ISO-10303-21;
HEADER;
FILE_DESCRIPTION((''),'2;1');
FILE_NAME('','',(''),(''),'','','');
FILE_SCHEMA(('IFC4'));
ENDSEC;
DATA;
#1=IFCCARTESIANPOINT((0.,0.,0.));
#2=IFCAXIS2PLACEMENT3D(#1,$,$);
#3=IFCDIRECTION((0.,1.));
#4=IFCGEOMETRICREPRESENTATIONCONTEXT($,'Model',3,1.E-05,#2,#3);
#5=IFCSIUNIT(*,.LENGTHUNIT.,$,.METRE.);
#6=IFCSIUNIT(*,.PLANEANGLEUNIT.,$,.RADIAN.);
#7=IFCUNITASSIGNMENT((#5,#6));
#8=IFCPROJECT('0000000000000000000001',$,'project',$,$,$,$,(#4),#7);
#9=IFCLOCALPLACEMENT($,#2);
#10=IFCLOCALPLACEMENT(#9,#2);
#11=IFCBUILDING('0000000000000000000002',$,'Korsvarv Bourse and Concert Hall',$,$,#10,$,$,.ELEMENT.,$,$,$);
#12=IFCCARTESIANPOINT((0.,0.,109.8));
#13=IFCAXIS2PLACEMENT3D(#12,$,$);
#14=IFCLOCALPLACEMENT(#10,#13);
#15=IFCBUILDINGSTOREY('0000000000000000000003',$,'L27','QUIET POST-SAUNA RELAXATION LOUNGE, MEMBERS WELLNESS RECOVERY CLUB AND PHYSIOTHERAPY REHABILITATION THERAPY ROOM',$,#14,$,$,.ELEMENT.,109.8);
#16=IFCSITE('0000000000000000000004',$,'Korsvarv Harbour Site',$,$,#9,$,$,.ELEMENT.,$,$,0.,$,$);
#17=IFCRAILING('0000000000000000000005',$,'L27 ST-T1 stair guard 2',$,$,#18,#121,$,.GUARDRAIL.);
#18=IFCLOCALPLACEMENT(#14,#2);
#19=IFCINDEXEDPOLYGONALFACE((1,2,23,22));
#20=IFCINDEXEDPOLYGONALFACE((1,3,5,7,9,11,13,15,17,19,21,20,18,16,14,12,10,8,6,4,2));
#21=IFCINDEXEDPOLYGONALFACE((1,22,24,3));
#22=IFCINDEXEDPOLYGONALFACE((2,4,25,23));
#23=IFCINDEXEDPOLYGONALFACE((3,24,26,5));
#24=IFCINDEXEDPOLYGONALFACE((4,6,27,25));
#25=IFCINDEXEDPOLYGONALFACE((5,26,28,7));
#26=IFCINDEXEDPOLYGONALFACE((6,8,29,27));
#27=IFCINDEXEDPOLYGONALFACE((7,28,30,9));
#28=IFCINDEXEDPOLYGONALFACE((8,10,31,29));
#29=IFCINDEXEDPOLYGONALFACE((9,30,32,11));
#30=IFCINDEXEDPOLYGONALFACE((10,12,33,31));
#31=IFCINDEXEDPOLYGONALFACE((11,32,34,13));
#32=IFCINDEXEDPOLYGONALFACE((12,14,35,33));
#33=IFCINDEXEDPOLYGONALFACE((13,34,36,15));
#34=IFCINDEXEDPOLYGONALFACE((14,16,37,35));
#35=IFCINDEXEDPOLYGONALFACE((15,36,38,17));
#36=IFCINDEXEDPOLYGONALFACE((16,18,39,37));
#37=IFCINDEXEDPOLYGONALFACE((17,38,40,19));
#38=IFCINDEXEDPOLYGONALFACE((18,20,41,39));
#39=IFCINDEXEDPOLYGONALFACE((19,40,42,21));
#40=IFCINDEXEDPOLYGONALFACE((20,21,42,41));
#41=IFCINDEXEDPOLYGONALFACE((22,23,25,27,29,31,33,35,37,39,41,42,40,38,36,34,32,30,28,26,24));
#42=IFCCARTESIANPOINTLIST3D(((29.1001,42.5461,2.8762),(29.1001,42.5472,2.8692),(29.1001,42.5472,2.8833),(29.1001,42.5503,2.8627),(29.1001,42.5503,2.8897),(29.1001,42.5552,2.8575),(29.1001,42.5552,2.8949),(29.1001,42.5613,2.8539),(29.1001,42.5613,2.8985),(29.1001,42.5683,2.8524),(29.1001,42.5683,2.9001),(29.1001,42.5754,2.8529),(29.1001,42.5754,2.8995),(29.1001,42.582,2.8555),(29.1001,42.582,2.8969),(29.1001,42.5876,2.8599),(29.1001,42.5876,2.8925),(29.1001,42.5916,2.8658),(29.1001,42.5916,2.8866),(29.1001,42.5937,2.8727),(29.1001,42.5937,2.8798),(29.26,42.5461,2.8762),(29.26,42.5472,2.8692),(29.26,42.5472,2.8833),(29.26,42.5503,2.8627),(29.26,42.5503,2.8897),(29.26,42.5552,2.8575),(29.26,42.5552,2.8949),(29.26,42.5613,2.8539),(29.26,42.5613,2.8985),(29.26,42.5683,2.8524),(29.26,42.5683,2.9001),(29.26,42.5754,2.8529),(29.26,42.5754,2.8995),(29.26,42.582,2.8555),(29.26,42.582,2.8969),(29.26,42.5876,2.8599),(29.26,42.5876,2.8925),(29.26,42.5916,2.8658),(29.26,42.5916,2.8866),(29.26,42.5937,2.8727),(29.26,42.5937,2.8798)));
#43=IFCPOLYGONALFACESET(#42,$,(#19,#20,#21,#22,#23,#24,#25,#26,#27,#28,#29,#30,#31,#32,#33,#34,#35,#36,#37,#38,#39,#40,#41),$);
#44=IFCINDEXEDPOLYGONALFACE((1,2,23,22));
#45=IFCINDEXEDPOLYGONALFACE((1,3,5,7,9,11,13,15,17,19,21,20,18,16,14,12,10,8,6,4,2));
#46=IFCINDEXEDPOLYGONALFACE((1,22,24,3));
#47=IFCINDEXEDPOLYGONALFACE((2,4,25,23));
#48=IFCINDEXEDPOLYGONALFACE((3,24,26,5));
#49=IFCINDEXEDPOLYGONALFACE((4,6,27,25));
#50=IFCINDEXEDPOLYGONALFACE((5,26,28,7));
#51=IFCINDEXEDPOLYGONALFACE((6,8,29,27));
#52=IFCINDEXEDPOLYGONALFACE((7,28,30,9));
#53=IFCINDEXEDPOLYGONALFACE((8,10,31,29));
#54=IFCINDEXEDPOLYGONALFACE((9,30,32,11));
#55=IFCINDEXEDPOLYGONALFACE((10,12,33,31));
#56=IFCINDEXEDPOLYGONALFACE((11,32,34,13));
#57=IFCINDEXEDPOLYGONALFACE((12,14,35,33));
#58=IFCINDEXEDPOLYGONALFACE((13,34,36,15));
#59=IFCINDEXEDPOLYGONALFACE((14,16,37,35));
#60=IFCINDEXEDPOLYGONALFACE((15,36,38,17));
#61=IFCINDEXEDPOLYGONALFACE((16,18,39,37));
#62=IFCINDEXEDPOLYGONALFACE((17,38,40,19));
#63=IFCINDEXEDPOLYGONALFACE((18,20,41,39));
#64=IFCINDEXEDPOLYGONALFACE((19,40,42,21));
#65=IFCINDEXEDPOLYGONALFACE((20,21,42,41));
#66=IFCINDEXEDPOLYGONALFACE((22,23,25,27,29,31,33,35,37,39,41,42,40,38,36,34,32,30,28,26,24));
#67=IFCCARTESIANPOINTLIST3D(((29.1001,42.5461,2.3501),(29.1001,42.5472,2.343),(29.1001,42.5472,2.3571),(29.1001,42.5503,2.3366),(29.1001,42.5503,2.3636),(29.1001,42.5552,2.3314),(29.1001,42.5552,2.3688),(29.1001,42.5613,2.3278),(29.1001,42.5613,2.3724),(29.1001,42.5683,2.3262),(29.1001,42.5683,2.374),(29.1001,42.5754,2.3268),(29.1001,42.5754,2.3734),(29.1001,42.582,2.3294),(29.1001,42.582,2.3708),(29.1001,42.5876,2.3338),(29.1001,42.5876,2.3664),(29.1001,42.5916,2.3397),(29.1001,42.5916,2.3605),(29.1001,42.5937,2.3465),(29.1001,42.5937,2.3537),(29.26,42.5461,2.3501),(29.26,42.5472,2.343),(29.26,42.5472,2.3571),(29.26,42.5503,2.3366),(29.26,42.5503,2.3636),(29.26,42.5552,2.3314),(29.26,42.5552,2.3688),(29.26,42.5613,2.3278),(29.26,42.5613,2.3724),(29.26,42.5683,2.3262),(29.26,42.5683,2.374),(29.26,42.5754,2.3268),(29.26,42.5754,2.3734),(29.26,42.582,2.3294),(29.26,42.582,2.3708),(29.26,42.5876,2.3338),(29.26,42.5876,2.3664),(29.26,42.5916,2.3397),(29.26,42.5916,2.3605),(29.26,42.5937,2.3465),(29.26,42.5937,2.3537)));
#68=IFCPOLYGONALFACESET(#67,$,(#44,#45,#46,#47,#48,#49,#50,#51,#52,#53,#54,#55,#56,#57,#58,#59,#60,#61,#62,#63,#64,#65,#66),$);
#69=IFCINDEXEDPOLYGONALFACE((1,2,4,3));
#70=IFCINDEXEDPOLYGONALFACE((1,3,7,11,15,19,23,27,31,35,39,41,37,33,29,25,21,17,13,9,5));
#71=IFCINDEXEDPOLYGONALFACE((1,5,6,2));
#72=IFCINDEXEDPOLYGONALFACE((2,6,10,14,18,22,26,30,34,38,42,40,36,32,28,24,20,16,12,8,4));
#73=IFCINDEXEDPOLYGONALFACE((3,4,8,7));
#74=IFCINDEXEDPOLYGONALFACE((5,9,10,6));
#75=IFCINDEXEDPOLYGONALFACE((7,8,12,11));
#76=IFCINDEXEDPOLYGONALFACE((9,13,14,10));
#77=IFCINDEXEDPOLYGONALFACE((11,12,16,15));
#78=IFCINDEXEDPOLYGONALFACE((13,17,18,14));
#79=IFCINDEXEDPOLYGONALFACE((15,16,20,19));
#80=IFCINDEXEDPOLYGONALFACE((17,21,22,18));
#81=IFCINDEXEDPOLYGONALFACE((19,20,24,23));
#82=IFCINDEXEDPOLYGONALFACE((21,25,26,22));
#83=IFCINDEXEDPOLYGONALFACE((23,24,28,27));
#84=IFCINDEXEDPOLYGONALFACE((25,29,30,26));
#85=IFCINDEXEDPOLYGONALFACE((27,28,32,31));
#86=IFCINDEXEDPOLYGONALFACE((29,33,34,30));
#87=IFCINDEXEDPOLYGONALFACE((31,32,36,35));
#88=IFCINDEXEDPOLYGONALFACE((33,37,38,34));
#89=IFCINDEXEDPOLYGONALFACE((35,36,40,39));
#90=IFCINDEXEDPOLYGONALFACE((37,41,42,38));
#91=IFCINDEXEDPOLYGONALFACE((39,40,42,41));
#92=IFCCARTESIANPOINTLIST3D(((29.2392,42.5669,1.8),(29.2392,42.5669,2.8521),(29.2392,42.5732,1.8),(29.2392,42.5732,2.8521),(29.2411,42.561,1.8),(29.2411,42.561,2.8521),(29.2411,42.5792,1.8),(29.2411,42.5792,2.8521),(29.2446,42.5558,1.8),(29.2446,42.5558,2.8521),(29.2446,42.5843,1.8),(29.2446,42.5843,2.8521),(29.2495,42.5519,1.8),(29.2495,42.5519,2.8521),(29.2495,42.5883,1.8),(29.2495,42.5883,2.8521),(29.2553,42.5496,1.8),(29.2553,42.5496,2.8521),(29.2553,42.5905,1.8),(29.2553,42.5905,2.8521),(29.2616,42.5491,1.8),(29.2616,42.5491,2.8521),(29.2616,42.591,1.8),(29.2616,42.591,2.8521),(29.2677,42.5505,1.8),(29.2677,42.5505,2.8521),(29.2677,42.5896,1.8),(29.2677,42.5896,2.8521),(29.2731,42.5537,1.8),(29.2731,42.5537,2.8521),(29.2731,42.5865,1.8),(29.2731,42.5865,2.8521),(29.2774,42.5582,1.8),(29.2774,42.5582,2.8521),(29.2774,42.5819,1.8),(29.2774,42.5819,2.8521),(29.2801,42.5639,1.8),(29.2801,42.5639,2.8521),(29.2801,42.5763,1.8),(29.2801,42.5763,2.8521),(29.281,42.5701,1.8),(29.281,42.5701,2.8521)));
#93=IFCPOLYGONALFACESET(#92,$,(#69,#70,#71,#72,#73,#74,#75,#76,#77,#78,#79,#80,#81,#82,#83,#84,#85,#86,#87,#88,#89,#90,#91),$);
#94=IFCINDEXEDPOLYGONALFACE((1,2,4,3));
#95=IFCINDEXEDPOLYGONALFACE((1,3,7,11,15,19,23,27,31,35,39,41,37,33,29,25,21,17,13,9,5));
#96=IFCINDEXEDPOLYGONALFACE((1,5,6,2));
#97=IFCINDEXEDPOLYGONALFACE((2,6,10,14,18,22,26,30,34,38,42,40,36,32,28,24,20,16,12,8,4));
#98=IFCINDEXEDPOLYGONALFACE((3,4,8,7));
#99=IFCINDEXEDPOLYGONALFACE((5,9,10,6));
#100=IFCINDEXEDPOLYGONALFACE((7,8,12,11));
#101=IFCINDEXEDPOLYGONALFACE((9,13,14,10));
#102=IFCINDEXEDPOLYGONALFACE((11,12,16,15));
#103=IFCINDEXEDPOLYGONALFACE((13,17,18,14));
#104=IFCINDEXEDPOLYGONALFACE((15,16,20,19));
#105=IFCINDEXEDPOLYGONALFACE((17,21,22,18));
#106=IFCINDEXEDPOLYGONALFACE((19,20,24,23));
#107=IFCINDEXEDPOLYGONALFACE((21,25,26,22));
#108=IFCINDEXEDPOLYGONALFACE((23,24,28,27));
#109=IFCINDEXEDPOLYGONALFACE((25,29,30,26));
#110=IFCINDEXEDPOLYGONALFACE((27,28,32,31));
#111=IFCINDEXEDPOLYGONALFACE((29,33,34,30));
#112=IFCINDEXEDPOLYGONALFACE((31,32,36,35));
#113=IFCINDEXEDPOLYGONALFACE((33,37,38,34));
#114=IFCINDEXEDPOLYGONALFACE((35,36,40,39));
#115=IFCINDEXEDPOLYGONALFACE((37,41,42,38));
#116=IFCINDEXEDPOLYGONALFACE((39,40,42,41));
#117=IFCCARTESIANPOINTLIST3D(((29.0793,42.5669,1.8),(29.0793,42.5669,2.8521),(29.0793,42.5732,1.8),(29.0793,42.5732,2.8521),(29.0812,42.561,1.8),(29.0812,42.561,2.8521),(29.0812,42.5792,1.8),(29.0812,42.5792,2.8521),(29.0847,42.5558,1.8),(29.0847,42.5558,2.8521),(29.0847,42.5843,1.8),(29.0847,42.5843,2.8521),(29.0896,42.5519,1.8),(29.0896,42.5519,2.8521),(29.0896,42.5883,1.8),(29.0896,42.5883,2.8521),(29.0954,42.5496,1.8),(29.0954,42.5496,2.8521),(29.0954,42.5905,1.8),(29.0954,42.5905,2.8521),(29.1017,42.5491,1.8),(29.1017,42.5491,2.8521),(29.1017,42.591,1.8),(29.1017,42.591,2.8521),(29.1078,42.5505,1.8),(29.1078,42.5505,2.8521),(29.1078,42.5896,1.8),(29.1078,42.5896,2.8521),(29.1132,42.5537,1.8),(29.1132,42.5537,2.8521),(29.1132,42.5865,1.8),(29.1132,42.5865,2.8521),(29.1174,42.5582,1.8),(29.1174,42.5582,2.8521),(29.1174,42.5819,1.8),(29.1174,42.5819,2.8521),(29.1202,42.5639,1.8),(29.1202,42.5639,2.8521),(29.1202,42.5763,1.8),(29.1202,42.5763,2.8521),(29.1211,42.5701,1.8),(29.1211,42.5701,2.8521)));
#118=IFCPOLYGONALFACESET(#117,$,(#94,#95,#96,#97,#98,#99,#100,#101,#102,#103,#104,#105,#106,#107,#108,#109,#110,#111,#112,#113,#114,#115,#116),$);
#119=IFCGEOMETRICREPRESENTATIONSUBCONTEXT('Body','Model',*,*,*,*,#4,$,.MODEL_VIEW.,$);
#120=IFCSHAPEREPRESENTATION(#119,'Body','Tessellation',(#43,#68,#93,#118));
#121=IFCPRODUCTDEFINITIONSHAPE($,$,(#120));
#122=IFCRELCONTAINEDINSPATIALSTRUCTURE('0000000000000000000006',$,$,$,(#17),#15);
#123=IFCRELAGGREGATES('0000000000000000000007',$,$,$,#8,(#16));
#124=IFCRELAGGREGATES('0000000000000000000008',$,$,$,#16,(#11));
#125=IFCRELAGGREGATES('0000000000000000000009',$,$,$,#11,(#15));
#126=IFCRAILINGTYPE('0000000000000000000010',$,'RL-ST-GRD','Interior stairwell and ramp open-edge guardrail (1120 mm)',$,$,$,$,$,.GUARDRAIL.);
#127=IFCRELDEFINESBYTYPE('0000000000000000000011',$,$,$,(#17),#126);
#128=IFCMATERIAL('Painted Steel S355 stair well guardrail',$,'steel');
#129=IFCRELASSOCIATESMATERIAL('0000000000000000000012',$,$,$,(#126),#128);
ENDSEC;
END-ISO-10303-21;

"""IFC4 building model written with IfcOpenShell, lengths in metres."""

from ifc_helpers import new_model, si_unit, direction, frame, origin, origin_2d, place, context, subcontext, project, spatial, circle, extrude, material, type_object, element, save


model = new_model("IFC4")

# Units and contexts
model_context = context("Model", 3, precision=1e-05, world=origin(), true_north=direction((0.0, 1.0)))
body_context = subcontext(model_context, "Body", "Model", "MODEL_VIEW")
ifc_project = project(units=[si_unit("LENGTHUNIT", "METRE"), si_unit("PLANEANGLEUNIT", "RADIAN")], contexts=[model_context])

# Site, building, storey
site_placement = place(None, origin())
site = spatial("IfcSite", under=ifc_project, at=site_placement, Name="Korsvarv Harbour Site", CompositionType="ELEMENT", RefElevation=0.0)
building_placement = place(site_placement, origin())
building = spatial("IfcBuilding", under=site, at=building_placement, Name="Korsvarv Bourse and Concert Hall", CompositionType="ELEMENT")
storey_placement = place(building_placement, frame((0.0, 0.0, 109.8)))
storey = spatial("IfcBuildingStorey", under=building, at=storey_placement, Name="L27", Description="QUIET POST-SAUNA RELAXATION LOUNGE, MEMBERS WELLNESS RECOVERY CLUB AND PHYSIOTHERAPY REHABILITATION THERAPY ROOM", CompositionType="ELEMENT", Elevation=109.8)

# Railing
ifc_material_1 = material(Name="Painted Steel S355 stair well guardrail", Category="steel")
railing_type_1 = type_object("IfcRailingType", Name="RL-ST-GRD", Description="Interior stairwell and ramp open-edge guardrail (1120 mm)", PredefinedType="GUARDRAIL", material=ifc_material_1)
railing_1_placement = place(storey_placement, frame((29.26, 42.5701, 1.8)))
element("IfcRailing", 1, at=railing_1_placement, inside=storey, type_object=railing_type_1, Name="L27 ST-T1 stair guard 2", PredefinedType="GUARDRAIL", context=body_context, shape_type="SweptSolid", body=[
    extrude(circle(Radius=0.0239, at=origin_2d()), frame((0.0, 0.0, 1.0762), z_axis=(-1.0, 0.0, 0.0), x_axis=(0.0, -1.0, 0.0)), (0.0, 0.0, 1.0), 0.1599),
    extrude(circle(Radius=0.0239, at=origin_2d()), frame((0.0, 0.0, 0.55), z_axis=(-1.0, 0.0, 0.0), x_axis=(0.0, -1.0, 0.0)), (0.0, 0.0, 1.0), 0.1599),
    extrude(circle(Radius=0.021, at=origin_2d()), origin(), (0.0, 0.0, 1.0), 1.052),
    extrude(circle(Radius=0.021, at=origin_2d()), frame((-0.1599, 0.0, 0.0)), (0.0, 0.0, 1.0), 1.052),
])

save(model, "model.ifc")
